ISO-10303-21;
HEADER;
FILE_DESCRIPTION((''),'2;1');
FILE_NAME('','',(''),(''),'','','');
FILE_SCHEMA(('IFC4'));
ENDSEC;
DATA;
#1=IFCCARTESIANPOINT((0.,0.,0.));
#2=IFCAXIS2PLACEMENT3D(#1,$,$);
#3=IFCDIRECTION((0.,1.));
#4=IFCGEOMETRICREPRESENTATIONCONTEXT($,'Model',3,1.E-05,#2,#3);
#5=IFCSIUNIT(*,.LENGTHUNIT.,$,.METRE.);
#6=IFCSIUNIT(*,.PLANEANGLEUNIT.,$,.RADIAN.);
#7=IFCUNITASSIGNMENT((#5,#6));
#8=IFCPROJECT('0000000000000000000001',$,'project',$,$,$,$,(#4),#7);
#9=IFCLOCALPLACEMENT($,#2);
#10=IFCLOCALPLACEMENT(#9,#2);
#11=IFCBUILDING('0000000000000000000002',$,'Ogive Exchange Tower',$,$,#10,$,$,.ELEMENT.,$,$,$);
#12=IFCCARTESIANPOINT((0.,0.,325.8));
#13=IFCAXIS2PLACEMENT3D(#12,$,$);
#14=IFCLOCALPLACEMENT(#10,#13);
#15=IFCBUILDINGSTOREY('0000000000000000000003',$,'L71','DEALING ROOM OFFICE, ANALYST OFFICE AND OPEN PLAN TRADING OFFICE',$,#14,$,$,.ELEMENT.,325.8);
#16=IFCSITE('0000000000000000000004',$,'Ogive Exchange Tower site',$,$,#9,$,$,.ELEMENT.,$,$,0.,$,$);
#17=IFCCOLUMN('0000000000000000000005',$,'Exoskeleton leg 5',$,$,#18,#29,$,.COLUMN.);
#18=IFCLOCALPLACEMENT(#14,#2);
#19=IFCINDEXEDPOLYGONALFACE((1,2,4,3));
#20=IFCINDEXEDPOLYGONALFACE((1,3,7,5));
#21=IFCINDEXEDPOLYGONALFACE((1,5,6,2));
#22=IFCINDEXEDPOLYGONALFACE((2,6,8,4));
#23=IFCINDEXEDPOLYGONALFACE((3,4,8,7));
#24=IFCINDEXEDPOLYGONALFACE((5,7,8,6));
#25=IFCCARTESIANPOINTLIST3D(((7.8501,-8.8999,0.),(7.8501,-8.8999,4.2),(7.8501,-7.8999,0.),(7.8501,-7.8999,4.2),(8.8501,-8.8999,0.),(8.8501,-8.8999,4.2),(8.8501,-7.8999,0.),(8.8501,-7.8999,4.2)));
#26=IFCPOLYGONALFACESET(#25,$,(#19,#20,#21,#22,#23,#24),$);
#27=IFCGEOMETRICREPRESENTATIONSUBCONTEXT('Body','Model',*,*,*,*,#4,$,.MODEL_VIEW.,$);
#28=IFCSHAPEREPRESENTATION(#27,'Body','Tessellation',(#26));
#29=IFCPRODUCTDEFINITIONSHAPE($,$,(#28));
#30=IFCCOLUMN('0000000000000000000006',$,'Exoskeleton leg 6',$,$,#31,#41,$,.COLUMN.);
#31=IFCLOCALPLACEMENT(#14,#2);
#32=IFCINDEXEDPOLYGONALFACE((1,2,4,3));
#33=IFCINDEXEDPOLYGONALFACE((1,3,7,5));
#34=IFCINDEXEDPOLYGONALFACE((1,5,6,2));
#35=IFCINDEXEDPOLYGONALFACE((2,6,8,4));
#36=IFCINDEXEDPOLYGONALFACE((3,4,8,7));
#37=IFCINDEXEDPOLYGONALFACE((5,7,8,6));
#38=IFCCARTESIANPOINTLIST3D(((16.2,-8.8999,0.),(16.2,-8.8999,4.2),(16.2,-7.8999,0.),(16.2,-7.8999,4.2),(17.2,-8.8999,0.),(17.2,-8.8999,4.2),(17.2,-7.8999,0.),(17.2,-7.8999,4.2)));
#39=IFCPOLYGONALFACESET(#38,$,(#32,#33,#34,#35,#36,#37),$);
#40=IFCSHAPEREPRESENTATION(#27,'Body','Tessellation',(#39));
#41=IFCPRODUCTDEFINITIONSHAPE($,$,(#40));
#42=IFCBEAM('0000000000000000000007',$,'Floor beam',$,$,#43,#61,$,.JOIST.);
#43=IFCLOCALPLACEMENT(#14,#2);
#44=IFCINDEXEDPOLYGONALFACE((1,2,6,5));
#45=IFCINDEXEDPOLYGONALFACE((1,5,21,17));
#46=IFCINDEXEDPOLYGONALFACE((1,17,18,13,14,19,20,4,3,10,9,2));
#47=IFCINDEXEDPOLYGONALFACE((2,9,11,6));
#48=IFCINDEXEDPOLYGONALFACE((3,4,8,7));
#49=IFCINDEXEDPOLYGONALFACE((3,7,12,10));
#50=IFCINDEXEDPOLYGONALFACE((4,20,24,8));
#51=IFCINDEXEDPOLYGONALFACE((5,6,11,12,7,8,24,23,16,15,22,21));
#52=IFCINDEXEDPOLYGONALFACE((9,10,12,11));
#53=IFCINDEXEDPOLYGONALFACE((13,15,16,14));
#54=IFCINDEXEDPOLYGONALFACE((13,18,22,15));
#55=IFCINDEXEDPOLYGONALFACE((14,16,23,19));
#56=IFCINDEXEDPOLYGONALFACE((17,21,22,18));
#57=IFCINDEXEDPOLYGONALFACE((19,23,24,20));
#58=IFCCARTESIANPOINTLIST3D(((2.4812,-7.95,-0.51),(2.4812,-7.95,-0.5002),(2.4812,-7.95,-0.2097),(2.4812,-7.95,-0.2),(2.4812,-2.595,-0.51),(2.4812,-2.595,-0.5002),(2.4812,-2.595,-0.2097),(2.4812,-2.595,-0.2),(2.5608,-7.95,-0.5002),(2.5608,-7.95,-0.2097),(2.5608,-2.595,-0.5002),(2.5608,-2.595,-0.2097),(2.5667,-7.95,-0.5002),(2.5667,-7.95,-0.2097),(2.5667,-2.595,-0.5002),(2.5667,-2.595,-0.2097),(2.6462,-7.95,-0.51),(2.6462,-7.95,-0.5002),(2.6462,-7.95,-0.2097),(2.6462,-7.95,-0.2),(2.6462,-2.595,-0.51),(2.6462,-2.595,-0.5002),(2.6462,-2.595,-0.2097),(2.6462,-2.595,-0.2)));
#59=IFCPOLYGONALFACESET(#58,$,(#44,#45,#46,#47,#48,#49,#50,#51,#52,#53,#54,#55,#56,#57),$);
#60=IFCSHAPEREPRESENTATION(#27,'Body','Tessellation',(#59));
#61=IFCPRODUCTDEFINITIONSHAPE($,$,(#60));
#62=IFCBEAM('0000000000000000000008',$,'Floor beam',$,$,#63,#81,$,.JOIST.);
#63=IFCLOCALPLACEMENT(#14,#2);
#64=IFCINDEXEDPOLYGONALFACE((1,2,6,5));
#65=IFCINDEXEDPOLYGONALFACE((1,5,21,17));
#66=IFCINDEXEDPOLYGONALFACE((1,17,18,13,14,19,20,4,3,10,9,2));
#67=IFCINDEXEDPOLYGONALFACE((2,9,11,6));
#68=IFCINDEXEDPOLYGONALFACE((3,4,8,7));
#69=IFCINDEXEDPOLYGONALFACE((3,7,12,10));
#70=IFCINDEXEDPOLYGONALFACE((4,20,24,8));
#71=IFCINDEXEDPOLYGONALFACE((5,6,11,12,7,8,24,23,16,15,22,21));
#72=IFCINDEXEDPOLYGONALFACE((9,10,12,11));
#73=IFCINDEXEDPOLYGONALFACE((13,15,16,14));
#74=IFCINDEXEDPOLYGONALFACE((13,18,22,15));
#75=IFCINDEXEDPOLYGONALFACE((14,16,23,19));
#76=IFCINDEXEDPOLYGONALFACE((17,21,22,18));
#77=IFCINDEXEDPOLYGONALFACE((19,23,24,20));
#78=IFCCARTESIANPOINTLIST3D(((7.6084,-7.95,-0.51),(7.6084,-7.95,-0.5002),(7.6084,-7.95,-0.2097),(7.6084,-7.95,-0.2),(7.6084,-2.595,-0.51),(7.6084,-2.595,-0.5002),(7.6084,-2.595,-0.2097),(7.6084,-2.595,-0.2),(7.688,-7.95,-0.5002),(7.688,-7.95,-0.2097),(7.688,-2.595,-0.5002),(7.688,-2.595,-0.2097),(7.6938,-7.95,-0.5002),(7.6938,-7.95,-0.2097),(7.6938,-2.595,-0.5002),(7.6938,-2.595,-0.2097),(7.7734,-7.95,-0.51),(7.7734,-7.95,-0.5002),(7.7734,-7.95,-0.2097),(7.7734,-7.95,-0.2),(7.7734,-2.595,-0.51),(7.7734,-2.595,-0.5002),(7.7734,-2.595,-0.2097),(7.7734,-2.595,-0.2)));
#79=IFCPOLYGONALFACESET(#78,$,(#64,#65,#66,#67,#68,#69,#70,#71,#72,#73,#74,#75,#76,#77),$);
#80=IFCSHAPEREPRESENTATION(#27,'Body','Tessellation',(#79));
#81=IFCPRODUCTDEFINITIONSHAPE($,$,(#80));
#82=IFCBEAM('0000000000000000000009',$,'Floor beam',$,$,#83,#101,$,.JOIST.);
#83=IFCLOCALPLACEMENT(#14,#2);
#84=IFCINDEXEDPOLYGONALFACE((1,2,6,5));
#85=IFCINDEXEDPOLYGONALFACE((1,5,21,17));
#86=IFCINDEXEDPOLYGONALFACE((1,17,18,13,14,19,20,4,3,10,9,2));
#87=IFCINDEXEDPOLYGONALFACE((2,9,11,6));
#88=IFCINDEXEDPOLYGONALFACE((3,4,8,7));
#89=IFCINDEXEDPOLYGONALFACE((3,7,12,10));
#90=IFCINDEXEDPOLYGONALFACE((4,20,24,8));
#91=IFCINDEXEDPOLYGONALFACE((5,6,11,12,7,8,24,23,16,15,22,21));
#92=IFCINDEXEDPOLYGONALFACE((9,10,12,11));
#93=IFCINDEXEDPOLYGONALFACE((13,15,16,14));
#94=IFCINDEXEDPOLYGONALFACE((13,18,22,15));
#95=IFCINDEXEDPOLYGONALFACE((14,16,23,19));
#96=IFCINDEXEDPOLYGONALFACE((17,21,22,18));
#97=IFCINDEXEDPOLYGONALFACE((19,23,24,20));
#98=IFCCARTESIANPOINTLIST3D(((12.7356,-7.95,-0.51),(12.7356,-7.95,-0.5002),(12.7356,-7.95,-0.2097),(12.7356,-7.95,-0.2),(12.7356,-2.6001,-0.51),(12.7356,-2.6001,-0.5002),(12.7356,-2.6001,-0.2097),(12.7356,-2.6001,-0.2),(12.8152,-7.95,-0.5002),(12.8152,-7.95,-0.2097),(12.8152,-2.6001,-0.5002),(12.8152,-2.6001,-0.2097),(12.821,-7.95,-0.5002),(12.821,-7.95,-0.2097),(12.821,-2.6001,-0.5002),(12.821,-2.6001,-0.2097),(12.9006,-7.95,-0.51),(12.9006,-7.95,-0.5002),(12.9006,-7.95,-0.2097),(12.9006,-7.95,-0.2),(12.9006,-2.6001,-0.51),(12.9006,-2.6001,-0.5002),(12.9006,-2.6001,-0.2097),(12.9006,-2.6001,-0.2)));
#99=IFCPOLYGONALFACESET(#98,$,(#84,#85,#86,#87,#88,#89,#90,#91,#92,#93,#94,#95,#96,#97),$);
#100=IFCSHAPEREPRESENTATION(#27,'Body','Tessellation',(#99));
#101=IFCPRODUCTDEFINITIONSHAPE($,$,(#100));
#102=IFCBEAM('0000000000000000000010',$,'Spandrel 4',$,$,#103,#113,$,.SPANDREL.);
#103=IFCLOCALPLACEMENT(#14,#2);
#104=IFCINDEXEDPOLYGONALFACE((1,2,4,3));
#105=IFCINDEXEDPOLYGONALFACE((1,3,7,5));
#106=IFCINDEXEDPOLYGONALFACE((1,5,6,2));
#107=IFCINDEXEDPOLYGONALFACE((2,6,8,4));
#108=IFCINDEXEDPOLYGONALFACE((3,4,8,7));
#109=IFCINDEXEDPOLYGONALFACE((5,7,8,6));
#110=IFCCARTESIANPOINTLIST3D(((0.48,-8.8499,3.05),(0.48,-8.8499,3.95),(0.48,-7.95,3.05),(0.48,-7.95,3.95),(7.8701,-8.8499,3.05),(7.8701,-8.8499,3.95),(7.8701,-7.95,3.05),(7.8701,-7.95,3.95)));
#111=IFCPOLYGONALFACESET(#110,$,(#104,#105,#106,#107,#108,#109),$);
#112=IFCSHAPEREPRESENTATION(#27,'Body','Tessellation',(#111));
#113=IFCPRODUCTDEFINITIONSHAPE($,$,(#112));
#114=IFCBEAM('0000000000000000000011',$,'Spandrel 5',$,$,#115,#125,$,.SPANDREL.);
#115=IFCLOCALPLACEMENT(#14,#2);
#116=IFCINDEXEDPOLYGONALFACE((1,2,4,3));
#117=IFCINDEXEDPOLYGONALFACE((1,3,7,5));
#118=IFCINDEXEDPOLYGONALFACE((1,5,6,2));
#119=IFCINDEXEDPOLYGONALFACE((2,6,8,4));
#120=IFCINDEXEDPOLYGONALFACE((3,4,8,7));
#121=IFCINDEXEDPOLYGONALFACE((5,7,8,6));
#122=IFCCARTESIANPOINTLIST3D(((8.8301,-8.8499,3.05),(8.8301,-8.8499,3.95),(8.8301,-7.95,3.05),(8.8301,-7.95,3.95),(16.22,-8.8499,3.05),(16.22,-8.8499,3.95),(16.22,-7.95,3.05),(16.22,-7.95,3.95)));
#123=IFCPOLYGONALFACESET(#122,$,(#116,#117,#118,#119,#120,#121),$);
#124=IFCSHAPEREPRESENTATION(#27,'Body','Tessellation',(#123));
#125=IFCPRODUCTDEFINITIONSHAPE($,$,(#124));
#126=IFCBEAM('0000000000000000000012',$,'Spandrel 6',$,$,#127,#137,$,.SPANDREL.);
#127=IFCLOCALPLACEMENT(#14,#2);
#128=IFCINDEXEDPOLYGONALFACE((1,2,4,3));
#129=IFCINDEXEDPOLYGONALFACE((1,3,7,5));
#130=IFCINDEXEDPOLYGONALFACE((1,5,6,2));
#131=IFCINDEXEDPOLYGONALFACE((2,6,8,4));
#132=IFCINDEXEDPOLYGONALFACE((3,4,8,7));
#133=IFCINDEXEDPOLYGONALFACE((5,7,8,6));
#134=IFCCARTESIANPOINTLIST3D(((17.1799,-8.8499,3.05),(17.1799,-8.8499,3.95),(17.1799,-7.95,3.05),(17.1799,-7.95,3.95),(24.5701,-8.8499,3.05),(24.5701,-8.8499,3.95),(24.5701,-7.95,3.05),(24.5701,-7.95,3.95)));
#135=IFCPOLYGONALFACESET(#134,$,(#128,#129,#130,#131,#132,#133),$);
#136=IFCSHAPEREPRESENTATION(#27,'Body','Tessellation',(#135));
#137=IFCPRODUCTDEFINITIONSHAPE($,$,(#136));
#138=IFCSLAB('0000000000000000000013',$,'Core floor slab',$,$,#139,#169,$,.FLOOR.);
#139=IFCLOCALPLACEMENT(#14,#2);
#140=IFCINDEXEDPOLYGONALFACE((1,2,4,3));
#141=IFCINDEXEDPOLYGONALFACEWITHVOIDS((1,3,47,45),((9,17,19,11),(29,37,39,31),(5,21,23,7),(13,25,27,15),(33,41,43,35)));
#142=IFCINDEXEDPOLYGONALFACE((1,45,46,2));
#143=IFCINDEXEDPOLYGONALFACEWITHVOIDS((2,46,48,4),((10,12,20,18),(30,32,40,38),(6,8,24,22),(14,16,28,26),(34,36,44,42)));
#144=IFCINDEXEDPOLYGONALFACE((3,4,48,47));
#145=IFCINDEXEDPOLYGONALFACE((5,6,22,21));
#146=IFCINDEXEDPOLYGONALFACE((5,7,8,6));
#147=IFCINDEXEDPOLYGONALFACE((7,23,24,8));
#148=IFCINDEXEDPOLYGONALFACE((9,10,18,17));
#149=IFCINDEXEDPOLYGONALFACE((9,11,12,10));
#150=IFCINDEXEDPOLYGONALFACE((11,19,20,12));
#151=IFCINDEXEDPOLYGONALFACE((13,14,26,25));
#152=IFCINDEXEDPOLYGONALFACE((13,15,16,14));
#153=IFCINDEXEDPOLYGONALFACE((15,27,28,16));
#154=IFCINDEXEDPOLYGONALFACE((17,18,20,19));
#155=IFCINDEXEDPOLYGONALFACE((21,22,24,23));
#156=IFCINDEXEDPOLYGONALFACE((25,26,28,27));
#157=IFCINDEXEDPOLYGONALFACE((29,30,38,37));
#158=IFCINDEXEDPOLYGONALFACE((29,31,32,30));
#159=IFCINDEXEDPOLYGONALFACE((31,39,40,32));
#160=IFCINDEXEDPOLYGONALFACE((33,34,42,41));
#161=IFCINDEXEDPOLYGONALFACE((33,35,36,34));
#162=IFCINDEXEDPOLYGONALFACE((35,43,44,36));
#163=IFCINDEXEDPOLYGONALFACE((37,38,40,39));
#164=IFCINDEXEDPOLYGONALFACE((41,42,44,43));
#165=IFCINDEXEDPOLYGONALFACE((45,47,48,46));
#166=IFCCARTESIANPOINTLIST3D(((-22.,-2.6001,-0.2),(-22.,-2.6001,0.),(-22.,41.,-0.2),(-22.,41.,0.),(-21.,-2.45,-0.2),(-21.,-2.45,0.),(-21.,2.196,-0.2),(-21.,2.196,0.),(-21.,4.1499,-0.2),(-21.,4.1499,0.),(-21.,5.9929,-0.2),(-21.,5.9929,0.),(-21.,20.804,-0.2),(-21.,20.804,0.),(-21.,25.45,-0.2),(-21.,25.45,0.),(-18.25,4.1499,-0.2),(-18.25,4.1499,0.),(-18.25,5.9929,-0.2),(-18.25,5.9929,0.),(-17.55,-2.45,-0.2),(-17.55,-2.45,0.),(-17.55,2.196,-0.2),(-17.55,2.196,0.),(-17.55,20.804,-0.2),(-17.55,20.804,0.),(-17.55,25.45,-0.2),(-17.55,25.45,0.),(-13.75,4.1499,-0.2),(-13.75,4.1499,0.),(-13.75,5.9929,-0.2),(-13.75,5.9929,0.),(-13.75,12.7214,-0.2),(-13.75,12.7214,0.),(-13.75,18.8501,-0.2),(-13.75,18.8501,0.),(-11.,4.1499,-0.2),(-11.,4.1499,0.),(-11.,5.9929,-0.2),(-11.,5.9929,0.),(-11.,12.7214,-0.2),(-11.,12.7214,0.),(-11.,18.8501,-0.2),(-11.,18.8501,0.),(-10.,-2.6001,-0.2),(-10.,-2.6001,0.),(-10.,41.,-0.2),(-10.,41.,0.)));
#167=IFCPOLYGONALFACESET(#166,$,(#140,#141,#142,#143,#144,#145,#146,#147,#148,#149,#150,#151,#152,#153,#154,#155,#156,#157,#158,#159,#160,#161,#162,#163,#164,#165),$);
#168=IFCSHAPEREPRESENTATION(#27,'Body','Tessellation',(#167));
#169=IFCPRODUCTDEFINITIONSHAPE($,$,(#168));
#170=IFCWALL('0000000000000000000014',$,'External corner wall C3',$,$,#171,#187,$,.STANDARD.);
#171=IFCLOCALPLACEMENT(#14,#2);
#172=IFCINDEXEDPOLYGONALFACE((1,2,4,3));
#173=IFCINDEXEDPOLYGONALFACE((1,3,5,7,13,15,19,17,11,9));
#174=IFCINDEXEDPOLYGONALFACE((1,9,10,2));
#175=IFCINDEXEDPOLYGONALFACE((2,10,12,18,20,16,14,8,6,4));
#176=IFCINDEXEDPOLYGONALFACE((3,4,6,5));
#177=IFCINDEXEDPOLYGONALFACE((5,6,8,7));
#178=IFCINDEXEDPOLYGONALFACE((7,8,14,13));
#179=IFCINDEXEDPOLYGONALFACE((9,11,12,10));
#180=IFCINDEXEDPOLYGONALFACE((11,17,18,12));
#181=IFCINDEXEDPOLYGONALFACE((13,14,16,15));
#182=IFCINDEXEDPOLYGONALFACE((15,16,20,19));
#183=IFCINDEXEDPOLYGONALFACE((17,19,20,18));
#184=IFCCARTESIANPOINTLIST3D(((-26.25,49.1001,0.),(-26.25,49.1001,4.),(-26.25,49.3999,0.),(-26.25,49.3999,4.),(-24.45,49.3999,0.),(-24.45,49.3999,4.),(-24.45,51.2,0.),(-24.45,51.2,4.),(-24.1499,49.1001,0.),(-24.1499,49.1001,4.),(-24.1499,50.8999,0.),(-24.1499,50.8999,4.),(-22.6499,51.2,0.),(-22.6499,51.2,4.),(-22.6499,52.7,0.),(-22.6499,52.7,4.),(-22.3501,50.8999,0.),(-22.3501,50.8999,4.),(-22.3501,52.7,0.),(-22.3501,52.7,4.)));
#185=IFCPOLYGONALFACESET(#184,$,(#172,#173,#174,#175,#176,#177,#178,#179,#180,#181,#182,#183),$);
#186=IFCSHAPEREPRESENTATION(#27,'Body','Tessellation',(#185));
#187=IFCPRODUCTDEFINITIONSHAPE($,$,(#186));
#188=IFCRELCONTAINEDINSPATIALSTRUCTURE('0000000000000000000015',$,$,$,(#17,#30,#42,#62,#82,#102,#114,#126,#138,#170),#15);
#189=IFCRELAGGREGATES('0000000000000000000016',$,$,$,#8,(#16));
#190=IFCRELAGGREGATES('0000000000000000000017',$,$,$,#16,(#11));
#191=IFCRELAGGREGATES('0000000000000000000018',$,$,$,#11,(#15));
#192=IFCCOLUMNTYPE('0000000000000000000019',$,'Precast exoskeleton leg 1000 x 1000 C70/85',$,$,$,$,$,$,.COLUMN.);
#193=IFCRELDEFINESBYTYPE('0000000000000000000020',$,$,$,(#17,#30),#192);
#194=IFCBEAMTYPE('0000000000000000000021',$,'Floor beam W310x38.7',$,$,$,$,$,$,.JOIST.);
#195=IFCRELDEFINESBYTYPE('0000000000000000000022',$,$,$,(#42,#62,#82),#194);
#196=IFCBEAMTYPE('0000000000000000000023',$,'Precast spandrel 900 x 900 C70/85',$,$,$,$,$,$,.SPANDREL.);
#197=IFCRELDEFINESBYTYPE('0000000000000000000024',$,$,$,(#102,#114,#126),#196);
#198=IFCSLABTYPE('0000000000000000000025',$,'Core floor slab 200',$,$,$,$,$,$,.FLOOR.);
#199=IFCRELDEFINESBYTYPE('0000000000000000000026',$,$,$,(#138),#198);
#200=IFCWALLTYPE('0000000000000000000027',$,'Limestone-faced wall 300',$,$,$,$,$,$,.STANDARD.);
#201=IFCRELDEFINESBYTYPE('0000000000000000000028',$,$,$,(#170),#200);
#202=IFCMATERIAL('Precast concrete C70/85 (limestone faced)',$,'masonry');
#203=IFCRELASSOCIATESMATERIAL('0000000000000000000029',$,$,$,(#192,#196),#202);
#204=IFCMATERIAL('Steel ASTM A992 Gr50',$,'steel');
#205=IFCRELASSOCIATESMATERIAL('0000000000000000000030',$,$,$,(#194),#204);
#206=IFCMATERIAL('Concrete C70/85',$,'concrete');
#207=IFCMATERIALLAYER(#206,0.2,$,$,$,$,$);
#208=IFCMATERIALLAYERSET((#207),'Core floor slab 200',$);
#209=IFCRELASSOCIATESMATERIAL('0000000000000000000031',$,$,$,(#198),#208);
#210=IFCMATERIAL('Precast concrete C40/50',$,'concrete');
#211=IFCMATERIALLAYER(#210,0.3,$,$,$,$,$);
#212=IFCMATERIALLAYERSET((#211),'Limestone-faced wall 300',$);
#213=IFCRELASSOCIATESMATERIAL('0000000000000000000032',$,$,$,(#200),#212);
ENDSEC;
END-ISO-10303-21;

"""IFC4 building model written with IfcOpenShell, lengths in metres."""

from ifc_helpers import new_model, si_unit, direction, frame, origin, origin_2d, place, context, subcontext, project, spatial, polyline, rectangle, i_section, outline, extrude, material, layer, layer_set, material_profile, profile_set, type_object, element, save


model = new_model("IFC4")

# Units and contexts
model_context = context("Model", 3, precision=1e-05, world=origin(), true_north=direction((0.0, 1.0)))
body_context = subcontext(model_context, "Body", "Model", "MODEL_VIEW")
ifc_project = project(units=[si_unit("LENGTHUNIT", "METRE"), si_unit("PLANEANGLEUNIT", "RADIAN")], contexts=[model_context])

# Site, building, storey
site_placement = place(None, origin())
site = spatial("IfcSite", under=ifc_project, at=site_placement, Name="Ogive Exchange Tower site", CompositionType="ELEMENT", RefElevation=0.0)
building_placement = place(site_placement, origin())
building = spatial("IfcBuilding", under=site, at=building_placement, Name="Ogive Exchange Tower", CompositionType="ELEMENT")
storey_placement = place(building_placement, frame((0.0, 0.0, 325.8)))
storey = spatial("IfcBuildingStorey", under=building, at=storey_placement, Name="L71", Description="DEALING ROOM OFFICE, ANALYST OFFICE AND OPEN PLAN TRADING OFFICE", CompositionType="ELEMENT", Elevation=325.8)

# Columns
ifc_material_1 = material(Name="Precast concrete C70/85 (limestone faced)", Category="masonry")
ifc_material_profile_1 = material_profile(ifc_material_1, rectangle(XDim=1.0, YDim=1.0, at=origin_2d()), Name="1000 x 1000")
ifc_profile_set_1 = profile_set([ifc_material_profile_1], Name="Precast concrete C70/85 (limestone faced)")
column_type = type_object("IfcColumnType", Name="Precast exoskeleton leg 1000 x 1000 C70/85", PredefinedType="COLUMN", material=ifc_profile_set_1)
for number, where, z_axis, x_axis, name in (
    (1, (8.3501, -8.3999, 0.0), (0.0, 0.0, 1.0), (1.0, 0.0, 0.0), "Exoskeleton leg 5"),
    (2, (16.7, -8.3999, 0.0), (0.0, 0.0, 1.0), (1.0, 0.0, 0.0), "Exoskeleton leg 6"),
):
    element("IfcColumn", number, at=place(storey_placement, frame(where, z_axis=z_axis, x_axis=x_axis)), inside=storey, type_object=column_type, Name=name, PredefinedType="COLUMN", context=body_context, shape_type="SweptSolid", body=[
        extrude(rectangle(XDim=1.0, YDim=1.0, at=origin_2d()), origin(), (0.0, 0.0, 1.0), 4.2),
    ])

# Beams
ifc_material_2 = material(Name="Steel ASTM A992 Gr50", Category="steel")
ifc_material_profile_2 = material_profile(ifc_material_2, i_section(OverallWidth=0.165, OverallDepth=0.3101, WebThickness=0.0059, FlangeThickness=0.0098, at=origin_2d()), Name="W310x38.7")
ifc_profile_set_2 = profile_set([ifc_material_profile_2], Name="Steel ASTM A992 Gr50")
beam_type_1 = type_object("IfcBeamType", Name="Floor beam W310x38.7", PredefinedType="JOIST", material=ifc_profile_set_2)
for number, where, z_axis, x_axis, name in (
    (3, (2.5637, -7.95, -0.355), (0.0, 1.0, 0.0), (-1.0, 0.0, 0.0), "Floor beam"),
    (4, (7.6909, -7.95, -0.355), (0.0, 1.0, 0.0), (-1.0, 0.0, 0.0), "Floor beam"),
):
    element("IfcBeam", number, at=place(storey_placement, frame(where, z_axis=z_axis, x_axis=x_axis)), inside=storey, type_object=beam_type_1, Name=name, PredefinedType="JOIST", context=body_context, shape_type="SweptSolid", body=[
        extrude(i_section(OverallWidth=0.165, OverallDepth=0.3101, WebThickness=0.0059, FlangeThickness=0.0098, at=origin_2d()), origin(), (0.0, 0.0, 1.0), 5.355),
    ])
beam_1_placement = place(storey_placement, frame((12.8181, -7.95, -0.355), z_axis=(0.0, 1.0, 0.0), x_axis=(-1.0, 0.0, 0.0)))
element("IfcBeam", 5, at=beam_1_placement, inside=storey, type_object=beam_type_1, Name="Floor beam", PredefinedType="JOIST", context=body_context, shape_type="SweptSolid", body=[
    extrude(i_section(OverallWidth=0.165, OverallDepth=0.3101, WebThickness=0.0059, FlangeThickness=0.0098, at=origin_2d()), origin(), (0.0, 0.0, 1.0), 5.3499),
])
ifc_material_profile_3 = material_profile(ifc_material_1, rectangle(XDim=0.8999, YDim=0.8999, at=origin_2d()), Name="900 x 900")
ifc_profile_set_3 = profile_set([ifc_material_profile_3], Name="Precast concrete C70/85 (limestone faced)")
beam_type_2 = type_object("IfcBeamType", Name="Precast spandrel 900 x 900 C70/85", PredefinedType="SPANDREL", material=ifc_profile_set_3)
beam_2_placement = place(storey_placement, frame((0.48, -8.3999, 3.5), z_axis=(1.0, 0.0, 0.0), x_axis=(0.0, 1.0, 0.0)))
element("IfcBeam", 6, at=beam_2_placement, inside=storey, type_object=beam_type_2, Name="Spandrel 4", PredefinedType="SPANDREL", context=body_context, shape_type="SweptSolid", body=[
    extrude(rectangle(XDim=0.8999, YDim=0.8999, at=origin_2d()), origin(), (0.0, 0.0, 1.0), 7.3901),
])
beam_3_placement = place(storey_placement, frame((8.8301, -8.3999, 3.5), z_axis=(1.0, 0.0, 0.0), x_axis=(0.0, 1.0, 0.0)))
element("IfcBeam", 7, at=beam_3_placement, inside=storey, type_object=beam_type_2, Name="Spandrel 5", PredefinedType="SPANDREL", context=body_context, shape_type="SweptSolid", body=[
    extrude(rectangle(XDim=0.8999, YDim=0.8999, at=origin_2d()), origin(), (0.0, 0.0, 1.0), 7.3899),
])
beam_4_placement = place(storey_placement, frame((17.1799, -8.3999, 3.5), z_axis=(1.0, 0.0, 0.0), x_axis=(0.0, 1.0, 0.0)))
element("IfcBeam", 8, at=beam_4_placement, inside=storey, type_object=beam_type_2, Name="Spandrel 6", PredefinedType="SPANDREL", context=body_context, shape_type="SweptSolid", body=[
    extrude(rectangle(XDim=0.8999, YDim=0.8999, at=origin_2d()), origin(), (0.0, 0.0, 1.0), 7.3901),
])

# Slab
ifc_material_3 = material(Name="Concrete C70/85", Category="concrete")
ifc_layer_1 = layer(ifc_material_3, 0.2)
ifc_layer_set_1 = layer_set([ifc_layer_1], Name="Core floor slab 200")
slab_type = type_object("IfcSlabType", Name="Core floor slab 200", PredefinedType="FLOOR", material=ifc_layer_set_1)
slab_placement = place(storey_placement, frame((0.0, 0.0, -0.2)))
element("IfcSlab", 9, at=slab_placement, inside=storey, type_object=slab_type, Name="Core floor slab", PredefinedType="FLOOR", context=body_context, shape_type="SweptSolid", body=[
    extrude(outline(polyline([(-22.0, -2.6001), (-22.0, 41.0), (-10.0, 41.0), (-10.0, -2.6001), (-22.0, -2.6001)]), holes=[polyline([(-17.55, 2.196), (-21.0, 2.196), (-21.0, -2.45), (-17.55, -2.45), (-17.55, 2.196)]), polyline([(-21.0, 5.9929), (-21.0, 4.1499), (-18.25, 4.1499), (-18.25, 5.9929), (-21.0, 5.9929)]), polyline([(-13.75, 5.9929), (-13.75, 4.1499), (-11.0, 4.1499), (-11.0, 5.9929), (-13.75, 5.9929)]), polyline([(-11.0, 18.8501), (-13.75, 18.8501), (-13.75, 12.7214), (-11.0, 12.7214), (-11.0, 18.8501)]), polyline([(-21.0, 25.45), (-21.0, 20.804), (-17.55, 20.804), (-17.55, 25.45), (-21.0, 25.45)])]), origin(), (0.0, 0.0, 1.0), 0.2),
])

# Wall
ifc_material_4 = material(Name="Precast concrete C40/50", Category="concrete")
ifc_layer_2 = layer(ifc_material_4, 0.3)
ifc_layer_set_2 = layer_set([ifc_layer_2], Name="Limestone-faced wall 300")
wall_type_1 = type_object("IfcWallType", Name="Limestone-faced wall 300", PredefinedType="STANDARD", material=ifc_layer_set_2)
wall_1_placement = place(storey_placement, origin())
element("IfcWall", 10, at=wall_1_placement, inside=storey, type_object=wall_type_1, Name="External corner wall C3", PredefinedType="STANDARD", context=body_context, shape_type="SweptSolid", body=[
    extrude(outline(polyline([(-24.45, 49.3999), (-24.45, 51.2), (-22.6499, 51.2), (-22.6499, 52.7), (-22.3501, 52.7), (-22.3501, 50.8999), (-24.1499, 50.8999), (-24.1499, 49.1001), (-26.25, 49.1001), (-26.25, 49.3999), (-24.45, 49.3999)])), origin(), (0.0, 0.0, 1.0), 4.0),
])

save(model, "model.ifc")
